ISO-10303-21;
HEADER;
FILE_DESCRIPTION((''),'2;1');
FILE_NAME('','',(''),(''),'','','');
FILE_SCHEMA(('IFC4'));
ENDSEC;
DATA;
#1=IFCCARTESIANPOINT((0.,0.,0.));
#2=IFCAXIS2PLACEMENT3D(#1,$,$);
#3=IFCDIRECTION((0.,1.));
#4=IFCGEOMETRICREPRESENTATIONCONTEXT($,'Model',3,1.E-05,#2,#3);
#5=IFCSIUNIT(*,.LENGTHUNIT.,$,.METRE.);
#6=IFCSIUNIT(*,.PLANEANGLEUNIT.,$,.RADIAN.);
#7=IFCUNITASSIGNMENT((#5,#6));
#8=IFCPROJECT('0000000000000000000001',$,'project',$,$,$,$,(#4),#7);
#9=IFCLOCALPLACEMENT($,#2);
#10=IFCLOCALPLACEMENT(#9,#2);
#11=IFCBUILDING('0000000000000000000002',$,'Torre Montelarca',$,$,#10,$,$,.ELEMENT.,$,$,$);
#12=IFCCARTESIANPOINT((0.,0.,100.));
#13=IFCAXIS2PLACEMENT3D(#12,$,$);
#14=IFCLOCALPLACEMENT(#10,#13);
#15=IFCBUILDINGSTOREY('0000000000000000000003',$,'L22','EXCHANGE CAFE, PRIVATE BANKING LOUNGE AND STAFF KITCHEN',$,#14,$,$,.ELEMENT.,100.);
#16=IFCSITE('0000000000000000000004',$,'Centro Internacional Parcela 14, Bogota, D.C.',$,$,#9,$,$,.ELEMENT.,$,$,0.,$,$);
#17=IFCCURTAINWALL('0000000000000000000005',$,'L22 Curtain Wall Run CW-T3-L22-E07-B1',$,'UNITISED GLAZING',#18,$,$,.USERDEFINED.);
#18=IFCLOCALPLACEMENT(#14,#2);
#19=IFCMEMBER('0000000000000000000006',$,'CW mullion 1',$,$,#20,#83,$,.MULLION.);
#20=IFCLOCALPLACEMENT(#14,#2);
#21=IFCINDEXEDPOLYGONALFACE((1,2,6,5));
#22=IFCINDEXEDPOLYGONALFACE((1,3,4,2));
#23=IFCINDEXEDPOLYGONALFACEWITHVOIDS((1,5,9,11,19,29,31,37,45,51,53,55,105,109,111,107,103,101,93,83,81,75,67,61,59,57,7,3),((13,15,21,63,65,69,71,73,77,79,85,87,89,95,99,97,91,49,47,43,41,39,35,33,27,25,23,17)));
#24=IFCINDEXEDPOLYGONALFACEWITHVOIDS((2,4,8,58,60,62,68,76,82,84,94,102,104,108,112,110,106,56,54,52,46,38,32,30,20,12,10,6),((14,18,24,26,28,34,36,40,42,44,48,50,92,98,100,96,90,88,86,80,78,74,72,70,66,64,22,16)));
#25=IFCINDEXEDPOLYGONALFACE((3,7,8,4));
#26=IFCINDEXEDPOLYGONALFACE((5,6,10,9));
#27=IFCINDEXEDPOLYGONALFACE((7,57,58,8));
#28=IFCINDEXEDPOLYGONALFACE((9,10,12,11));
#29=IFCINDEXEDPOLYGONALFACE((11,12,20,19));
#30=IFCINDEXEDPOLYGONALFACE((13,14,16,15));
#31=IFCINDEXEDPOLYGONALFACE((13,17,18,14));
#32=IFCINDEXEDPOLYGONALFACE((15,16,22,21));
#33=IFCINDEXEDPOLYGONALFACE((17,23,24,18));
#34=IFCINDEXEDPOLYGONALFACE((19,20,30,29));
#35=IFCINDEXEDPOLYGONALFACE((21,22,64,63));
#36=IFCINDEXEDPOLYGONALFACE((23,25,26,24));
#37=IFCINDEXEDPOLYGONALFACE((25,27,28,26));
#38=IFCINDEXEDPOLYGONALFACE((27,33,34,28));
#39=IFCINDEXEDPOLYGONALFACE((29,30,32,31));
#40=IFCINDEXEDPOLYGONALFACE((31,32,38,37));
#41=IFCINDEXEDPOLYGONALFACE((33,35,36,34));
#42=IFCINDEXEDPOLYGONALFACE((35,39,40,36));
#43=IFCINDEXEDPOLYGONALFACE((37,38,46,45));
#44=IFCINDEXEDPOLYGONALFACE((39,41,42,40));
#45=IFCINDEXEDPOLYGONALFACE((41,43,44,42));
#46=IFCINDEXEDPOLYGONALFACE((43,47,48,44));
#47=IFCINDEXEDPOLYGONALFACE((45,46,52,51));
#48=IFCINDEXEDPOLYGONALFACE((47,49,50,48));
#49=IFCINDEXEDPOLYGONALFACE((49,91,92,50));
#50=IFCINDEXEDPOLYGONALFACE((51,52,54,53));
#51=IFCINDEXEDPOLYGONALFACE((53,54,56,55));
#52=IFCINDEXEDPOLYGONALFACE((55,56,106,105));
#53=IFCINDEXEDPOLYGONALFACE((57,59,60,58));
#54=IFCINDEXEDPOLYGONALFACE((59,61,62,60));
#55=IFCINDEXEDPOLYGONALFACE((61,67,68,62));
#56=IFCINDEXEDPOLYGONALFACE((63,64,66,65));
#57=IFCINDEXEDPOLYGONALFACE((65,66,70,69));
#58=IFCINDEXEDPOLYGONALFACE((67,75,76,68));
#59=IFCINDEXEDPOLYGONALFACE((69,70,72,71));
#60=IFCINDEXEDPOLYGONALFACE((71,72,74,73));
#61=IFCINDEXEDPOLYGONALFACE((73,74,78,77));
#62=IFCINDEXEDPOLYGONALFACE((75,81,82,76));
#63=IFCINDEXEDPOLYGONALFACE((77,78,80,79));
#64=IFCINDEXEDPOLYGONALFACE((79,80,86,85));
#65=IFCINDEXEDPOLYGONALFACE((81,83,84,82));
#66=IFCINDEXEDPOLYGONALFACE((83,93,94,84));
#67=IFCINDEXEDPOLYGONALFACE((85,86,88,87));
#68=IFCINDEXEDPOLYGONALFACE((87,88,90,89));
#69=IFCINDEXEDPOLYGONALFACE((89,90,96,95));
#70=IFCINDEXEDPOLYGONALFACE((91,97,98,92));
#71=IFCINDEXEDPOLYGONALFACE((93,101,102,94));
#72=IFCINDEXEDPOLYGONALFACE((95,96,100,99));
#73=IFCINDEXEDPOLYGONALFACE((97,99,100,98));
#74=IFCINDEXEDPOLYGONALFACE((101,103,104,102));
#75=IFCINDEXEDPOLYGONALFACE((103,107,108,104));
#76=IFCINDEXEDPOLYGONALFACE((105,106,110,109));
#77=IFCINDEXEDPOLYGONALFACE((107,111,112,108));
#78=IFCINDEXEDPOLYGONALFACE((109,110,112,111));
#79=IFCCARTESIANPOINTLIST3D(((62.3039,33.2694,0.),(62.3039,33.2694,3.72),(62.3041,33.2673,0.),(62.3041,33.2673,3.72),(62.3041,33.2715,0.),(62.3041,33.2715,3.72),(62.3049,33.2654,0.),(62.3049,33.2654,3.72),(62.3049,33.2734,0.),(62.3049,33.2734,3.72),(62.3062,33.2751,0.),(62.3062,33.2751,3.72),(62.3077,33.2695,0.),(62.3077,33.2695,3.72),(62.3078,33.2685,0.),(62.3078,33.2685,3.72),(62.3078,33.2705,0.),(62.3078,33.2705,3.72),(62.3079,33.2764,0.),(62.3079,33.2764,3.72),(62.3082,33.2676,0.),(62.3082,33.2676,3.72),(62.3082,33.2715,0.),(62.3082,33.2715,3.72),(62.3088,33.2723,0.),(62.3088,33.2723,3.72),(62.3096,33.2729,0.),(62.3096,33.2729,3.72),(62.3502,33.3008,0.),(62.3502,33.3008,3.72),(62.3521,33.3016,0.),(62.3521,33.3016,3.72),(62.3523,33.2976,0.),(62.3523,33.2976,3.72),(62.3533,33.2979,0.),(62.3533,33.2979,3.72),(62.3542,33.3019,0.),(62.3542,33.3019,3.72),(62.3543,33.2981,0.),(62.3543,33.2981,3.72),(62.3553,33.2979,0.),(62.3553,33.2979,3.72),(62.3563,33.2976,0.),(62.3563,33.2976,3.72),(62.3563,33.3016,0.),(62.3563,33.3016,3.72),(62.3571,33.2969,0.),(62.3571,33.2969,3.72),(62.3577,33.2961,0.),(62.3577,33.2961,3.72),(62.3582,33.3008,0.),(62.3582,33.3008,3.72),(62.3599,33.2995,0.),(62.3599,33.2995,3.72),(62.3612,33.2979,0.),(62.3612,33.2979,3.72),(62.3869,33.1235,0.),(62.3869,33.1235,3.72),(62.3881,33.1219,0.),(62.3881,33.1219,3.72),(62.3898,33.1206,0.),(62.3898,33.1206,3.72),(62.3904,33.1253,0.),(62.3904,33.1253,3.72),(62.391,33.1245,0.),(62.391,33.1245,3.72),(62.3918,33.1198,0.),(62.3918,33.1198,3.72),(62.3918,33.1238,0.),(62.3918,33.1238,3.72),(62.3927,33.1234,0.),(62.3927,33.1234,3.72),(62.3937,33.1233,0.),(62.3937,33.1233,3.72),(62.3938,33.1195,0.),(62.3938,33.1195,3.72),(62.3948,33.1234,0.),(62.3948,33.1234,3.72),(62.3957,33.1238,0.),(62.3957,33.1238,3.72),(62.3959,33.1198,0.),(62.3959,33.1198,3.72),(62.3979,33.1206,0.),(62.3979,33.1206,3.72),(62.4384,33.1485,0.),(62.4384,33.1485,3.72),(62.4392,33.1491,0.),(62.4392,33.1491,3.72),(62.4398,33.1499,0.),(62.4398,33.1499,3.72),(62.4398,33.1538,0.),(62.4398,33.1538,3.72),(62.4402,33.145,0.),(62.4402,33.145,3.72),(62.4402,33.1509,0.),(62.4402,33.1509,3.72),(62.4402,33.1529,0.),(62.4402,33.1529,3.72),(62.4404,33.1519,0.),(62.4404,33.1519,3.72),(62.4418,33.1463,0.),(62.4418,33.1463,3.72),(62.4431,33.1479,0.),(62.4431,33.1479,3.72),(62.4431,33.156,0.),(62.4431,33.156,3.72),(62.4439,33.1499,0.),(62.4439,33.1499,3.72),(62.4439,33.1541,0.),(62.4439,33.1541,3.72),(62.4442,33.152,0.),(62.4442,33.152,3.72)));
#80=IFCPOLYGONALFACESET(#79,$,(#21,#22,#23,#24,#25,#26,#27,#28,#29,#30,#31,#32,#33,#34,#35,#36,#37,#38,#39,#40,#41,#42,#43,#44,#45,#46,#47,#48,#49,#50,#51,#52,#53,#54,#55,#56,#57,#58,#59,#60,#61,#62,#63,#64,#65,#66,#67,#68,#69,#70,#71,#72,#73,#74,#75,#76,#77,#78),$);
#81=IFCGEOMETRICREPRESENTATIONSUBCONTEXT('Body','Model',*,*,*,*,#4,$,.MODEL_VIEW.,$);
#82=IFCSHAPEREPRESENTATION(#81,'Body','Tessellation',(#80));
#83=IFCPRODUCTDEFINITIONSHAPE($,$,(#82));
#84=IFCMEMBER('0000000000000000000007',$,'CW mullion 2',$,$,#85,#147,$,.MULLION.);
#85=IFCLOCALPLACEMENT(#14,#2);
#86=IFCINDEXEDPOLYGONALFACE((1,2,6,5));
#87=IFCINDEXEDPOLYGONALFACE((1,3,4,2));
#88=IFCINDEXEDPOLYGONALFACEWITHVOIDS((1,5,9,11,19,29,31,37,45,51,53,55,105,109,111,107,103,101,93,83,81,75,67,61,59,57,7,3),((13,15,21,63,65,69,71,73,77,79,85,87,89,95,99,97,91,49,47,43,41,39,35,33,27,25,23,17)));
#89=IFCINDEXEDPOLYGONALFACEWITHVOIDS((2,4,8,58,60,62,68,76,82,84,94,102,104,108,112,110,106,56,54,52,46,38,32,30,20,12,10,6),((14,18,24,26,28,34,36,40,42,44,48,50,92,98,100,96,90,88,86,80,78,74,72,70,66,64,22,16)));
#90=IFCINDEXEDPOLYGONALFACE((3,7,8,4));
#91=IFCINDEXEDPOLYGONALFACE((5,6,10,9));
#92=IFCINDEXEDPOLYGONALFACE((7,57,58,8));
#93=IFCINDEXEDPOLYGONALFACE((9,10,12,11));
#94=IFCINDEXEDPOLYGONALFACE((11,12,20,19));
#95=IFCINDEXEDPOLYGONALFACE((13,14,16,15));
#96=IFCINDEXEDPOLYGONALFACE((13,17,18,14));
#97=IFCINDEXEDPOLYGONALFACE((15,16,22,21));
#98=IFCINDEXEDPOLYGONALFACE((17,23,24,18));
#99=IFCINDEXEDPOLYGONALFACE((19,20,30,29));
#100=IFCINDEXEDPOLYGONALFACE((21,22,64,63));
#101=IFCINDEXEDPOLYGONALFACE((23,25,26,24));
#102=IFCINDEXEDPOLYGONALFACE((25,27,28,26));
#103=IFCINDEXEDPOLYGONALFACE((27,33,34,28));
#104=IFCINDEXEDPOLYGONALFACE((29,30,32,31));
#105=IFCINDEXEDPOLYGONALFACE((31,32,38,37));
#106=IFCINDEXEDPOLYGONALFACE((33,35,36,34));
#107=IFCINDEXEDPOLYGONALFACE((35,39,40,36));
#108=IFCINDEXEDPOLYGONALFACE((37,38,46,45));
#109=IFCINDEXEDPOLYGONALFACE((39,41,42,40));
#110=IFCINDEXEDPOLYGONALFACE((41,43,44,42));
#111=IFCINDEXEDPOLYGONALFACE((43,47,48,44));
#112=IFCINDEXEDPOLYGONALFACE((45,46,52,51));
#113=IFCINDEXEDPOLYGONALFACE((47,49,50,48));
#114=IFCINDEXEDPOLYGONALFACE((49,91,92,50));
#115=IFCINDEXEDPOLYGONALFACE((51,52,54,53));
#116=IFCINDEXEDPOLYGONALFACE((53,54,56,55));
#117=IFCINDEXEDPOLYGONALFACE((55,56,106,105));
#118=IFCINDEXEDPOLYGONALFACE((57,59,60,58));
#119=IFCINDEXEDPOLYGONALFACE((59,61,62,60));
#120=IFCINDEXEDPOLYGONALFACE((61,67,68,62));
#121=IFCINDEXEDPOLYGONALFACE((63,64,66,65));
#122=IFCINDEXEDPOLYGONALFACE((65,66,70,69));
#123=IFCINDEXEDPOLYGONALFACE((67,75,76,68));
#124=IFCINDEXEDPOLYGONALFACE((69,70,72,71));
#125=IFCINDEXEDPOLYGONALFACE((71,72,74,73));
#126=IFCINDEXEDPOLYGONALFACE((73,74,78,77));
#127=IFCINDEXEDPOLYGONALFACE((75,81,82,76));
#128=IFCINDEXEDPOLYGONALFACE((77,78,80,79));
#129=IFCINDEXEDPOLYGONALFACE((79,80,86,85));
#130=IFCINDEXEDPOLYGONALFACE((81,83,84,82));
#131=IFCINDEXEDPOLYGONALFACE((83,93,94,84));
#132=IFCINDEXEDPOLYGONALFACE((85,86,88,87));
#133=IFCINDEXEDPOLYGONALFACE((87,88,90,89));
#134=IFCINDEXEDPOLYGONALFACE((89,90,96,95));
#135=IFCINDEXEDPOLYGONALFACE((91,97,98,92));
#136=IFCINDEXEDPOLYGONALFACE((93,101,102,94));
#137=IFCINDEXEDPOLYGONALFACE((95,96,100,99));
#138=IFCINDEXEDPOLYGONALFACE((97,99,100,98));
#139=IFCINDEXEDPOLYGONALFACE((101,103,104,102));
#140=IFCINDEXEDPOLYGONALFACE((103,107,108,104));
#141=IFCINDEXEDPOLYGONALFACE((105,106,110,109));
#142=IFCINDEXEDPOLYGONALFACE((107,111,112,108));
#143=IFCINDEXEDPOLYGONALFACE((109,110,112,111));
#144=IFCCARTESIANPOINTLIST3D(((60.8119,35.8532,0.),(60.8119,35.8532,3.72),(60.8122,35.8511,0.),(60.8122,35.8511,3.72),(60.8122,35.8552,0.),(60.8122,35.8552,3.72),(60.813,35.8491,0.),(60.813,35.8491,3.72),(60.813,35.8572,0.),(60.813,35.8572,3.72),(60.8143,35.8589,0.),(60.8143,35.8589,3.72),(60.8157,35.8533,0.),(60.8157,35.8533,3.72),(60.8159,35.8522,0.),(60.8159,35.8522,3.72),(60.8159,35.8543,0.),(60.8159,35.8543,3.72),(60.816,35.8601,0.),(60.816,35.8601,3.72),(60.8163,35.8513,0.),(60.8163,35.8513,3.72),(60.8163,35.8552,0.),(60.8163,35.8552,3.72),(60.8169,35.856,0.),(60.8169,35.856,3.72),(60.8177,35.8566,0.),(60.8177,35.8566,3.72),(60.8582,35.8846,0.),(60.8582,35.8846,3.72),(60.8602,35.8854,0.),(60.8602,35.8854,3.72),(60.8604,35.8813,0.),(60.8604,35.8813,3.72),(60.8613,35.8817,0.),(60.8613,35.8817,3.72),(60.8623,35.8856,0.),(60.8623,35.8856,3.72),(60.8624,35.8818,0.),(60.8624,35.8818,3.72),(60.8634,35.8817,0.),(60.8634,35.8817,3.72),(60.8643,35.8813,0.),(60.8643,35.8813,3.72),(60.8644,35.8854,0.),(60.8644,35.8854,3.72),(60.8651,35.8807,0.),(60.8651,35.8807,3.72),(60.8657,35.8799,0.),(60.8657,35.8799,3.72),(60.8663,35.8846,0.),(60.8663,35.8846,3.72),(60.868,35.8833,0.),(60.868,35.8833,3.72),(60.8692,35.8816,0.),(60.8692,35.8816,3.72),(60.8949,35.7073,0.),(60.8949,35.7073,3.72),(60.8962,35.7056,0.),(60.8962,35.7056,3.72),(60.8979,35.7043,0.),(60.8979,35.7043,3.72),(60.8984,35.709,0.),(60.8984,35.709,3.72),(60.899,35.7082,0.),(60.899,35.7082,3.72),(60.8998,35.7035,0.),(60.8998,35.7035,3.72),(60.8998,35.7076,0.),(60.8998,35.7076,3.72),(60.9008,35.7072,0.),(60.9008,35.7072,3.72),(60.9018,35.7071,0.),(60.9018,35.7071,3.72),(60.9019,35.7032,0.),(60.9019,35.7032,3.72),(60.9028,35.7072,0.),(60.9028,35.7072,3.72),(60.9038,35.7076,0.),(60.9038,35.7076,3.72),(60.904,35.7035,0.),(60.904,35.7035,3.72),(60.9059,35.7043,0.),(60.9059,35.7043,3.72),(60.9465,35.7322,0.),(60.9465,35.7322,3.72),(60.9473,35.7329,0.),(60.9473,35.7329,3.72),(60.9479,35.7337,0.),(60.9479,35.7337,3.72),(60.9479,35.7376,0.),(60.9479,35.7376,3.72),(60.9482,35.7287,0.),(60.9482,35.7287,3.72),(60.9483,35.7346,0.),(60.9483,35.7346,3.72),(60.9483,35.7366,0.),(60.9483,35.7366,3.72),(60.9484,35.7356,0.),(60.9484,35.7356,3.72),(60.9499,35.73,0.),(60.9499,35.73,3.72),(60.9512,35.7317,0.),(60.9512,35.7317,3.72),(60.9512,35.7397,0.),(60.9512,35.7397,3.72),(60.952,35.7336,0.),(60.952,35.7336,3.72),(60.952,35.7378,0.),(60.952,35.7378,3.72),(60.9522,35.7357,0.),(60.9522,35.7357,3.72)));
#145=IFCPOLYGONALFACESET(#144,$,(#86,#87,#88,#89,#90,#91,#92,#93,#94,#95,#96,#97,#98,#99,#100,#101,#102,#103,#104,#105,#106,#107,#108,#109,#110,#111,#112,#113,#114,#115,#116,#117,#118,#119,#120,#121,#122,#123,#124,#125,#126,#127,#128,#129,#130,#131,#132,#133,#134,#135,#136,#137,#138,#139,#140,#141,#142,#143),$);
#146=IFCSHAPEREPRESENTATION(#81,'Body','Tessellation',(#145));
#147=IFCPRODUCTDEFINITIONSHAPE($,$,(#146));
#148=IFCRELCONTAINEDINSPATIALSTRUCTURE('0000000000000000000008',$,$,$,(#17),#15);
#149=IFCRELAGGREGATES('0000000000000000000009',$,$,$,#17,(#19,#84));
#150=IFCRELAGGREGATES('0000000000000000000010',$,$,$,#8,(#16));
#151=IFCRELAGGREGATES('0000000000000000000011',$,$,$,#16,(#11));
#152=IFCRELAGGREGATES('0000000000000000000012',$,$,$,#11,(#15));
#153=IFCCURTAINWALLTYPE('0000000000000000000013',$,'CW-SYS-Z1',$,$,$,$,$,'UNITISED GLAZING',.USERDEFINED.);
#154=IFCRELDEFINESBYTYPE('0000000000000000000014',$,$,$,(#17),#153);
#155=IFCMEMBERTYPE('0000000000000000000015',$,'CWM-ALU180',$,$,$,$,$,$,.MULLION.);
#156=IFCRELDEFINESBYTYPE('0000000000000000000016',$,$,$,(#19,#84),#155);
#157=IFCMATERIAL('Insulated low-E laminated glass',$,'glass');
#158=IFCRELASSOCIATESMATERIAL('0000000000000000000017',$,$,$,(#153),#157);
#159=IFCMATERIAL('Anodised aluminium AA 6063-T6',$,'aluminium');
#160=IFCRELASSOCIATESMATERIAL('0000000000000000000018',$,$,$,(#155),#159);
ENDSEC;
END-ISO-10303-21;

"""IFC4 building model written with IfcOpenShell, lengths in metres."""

from ifc_helpers import new_model, si_unit, direction, frame, origin, origin_2d, place, context, subcontext, project, spatial, hollow_rectangle, extrude, source, transform, mapped, material, material_profile, profile_set, type_object, element, aggregate, save


model = new_model("IFC4")

# Units and contexts
model_context = context("Model", 3, precision=1e-05, world=origin(), true_north=direction((0.0, 1.0)))
body_context = subcontext(model_context, "Body", "Model", "MODEL_VIEW")
ifc_project = project(units=[si_unit("LENGTHUNIT", "METRE"), si_unit("PLANEANGLEUNIT", "RADIAN")], contexts=[model_context])

# Site, building, storey
site_placement = place(None, origin())
site = spatial("IfcSite", under=ifc_project, at=site_placement, Name="Centro Internacional Parcela 14, Bogota, D.C.", CompositionType="ELEMENT", RefElevation=0.0)
building_placement = place(site_placement, origin())
building = spatial("IfcBuilding", under=site, at=building_placement, Name="Torre Montelarca", CompositionType="ELEMENT")
storey_placement = place(building_placement, frame((0.0, 0.0, 100.0)))
storey = spatial("IfcBuildingStorey", under=building, at=storey_placement, Name="L22", Description="EXCHANGE CAFE, PRIVATE BANKING LOUNGE AND STAFF KITCHEN", CompositionType="ELEMENT", Elevation=100.0)

# Curtain wall
ifc_material_1 = material(Name="Insulated low-E laminated glass", Category="glass")
curtain_wall_type = type_object("IfcCurtainWallType", Name="CW-SYS-Z1", ElementType="UNITISED GLAZING", PredefinedType="USERDEFINED", material=ifc_material_1)
curtain_wall_1_placement = place(storey_placement, origin())
curtain_wall_1 = element("IfcCurtainWall", 1, at=curtain_wall_1_placement, inside=storey, type_object=curtain_wall_type, Name="L22 Curtain Wall Run CW-T3-L22-E07-B1", ObjectType="UNITISED GLAZING", PredefinedType="USERDEFINED")
ifc_material_2 = material(Name="Anodised aluminium AA 6063-T6", Category="aluminium")
ifc_material_profile_1 = material_profile(ifc_material_2, hollow_rectangle(XDim=0.0649, YDim=0.1799, WallThickness=0.0039, InnerFilletRadius=0.0039, OuterFilletRadius=0.0081, at=origin_2d()), Name="ALU65X180X4", Category="aluminium")
ifc_profile_set_1 = profile_set([ifc_material_profile_1], Name="Anodised aluminium AA 6063-T6")
member_type_1 = type_object("IfcMemberType", Name="CWM-ALU180", PredefinedType="MULLION", material=ifc_profile_set_1)
shared_shape_1 = source(origin(), body_context, "Body", "SweptSolid", [
    extrude(hollow_rectangle(XDim=0.0649, YDim=0.1799, WallThickness=0.0039, InnerFilletRadius=0.0039, OuterFilletRadius=0.0081, at=origin_2d()), origin(), (0.0, 0.0, 1.0), 3.72),
])

# Members
member_1_placement = place(storey_placement, frame((62.374, 33.2107, 0.0), z_axis=(0.0, 0.0, 1.0), x_axis=(-0.866021, -0.500008, 0.0)))
member_1 = element("IfcMember", 2, at=member_1_placement, type_object=member_type_1, Name="CW mullion 1", PredefinedType="MULLION", context=body_context, shape_type="MappedRepresentation", body=[
    mapped(shared_shape_1, transform((0.0, 0.0, 0.0), scale=1.0)),
])
member_2_placement = place(storey_placement, frame((60.8821, 35.7944, 0.0), z_axis=(0.0, 0.0, 1.0), x_axis=(-0.866021, -0.500008, 0.0)))
member_2 = element("IfcMember", 3, at=member_2_placement, type_object=member_type_1, Name="CW mullion 2", PredefinedType="MULLION", context=body_context, shape_type="MappedRepresentation", body=[
    mapped(shared_shape_1, transform((0.0, 0.0, 0.0), scale=1.0)),
])

aggregate(curtain_wall_1, [member_1, member_2])

save(model, "model.ifc")
